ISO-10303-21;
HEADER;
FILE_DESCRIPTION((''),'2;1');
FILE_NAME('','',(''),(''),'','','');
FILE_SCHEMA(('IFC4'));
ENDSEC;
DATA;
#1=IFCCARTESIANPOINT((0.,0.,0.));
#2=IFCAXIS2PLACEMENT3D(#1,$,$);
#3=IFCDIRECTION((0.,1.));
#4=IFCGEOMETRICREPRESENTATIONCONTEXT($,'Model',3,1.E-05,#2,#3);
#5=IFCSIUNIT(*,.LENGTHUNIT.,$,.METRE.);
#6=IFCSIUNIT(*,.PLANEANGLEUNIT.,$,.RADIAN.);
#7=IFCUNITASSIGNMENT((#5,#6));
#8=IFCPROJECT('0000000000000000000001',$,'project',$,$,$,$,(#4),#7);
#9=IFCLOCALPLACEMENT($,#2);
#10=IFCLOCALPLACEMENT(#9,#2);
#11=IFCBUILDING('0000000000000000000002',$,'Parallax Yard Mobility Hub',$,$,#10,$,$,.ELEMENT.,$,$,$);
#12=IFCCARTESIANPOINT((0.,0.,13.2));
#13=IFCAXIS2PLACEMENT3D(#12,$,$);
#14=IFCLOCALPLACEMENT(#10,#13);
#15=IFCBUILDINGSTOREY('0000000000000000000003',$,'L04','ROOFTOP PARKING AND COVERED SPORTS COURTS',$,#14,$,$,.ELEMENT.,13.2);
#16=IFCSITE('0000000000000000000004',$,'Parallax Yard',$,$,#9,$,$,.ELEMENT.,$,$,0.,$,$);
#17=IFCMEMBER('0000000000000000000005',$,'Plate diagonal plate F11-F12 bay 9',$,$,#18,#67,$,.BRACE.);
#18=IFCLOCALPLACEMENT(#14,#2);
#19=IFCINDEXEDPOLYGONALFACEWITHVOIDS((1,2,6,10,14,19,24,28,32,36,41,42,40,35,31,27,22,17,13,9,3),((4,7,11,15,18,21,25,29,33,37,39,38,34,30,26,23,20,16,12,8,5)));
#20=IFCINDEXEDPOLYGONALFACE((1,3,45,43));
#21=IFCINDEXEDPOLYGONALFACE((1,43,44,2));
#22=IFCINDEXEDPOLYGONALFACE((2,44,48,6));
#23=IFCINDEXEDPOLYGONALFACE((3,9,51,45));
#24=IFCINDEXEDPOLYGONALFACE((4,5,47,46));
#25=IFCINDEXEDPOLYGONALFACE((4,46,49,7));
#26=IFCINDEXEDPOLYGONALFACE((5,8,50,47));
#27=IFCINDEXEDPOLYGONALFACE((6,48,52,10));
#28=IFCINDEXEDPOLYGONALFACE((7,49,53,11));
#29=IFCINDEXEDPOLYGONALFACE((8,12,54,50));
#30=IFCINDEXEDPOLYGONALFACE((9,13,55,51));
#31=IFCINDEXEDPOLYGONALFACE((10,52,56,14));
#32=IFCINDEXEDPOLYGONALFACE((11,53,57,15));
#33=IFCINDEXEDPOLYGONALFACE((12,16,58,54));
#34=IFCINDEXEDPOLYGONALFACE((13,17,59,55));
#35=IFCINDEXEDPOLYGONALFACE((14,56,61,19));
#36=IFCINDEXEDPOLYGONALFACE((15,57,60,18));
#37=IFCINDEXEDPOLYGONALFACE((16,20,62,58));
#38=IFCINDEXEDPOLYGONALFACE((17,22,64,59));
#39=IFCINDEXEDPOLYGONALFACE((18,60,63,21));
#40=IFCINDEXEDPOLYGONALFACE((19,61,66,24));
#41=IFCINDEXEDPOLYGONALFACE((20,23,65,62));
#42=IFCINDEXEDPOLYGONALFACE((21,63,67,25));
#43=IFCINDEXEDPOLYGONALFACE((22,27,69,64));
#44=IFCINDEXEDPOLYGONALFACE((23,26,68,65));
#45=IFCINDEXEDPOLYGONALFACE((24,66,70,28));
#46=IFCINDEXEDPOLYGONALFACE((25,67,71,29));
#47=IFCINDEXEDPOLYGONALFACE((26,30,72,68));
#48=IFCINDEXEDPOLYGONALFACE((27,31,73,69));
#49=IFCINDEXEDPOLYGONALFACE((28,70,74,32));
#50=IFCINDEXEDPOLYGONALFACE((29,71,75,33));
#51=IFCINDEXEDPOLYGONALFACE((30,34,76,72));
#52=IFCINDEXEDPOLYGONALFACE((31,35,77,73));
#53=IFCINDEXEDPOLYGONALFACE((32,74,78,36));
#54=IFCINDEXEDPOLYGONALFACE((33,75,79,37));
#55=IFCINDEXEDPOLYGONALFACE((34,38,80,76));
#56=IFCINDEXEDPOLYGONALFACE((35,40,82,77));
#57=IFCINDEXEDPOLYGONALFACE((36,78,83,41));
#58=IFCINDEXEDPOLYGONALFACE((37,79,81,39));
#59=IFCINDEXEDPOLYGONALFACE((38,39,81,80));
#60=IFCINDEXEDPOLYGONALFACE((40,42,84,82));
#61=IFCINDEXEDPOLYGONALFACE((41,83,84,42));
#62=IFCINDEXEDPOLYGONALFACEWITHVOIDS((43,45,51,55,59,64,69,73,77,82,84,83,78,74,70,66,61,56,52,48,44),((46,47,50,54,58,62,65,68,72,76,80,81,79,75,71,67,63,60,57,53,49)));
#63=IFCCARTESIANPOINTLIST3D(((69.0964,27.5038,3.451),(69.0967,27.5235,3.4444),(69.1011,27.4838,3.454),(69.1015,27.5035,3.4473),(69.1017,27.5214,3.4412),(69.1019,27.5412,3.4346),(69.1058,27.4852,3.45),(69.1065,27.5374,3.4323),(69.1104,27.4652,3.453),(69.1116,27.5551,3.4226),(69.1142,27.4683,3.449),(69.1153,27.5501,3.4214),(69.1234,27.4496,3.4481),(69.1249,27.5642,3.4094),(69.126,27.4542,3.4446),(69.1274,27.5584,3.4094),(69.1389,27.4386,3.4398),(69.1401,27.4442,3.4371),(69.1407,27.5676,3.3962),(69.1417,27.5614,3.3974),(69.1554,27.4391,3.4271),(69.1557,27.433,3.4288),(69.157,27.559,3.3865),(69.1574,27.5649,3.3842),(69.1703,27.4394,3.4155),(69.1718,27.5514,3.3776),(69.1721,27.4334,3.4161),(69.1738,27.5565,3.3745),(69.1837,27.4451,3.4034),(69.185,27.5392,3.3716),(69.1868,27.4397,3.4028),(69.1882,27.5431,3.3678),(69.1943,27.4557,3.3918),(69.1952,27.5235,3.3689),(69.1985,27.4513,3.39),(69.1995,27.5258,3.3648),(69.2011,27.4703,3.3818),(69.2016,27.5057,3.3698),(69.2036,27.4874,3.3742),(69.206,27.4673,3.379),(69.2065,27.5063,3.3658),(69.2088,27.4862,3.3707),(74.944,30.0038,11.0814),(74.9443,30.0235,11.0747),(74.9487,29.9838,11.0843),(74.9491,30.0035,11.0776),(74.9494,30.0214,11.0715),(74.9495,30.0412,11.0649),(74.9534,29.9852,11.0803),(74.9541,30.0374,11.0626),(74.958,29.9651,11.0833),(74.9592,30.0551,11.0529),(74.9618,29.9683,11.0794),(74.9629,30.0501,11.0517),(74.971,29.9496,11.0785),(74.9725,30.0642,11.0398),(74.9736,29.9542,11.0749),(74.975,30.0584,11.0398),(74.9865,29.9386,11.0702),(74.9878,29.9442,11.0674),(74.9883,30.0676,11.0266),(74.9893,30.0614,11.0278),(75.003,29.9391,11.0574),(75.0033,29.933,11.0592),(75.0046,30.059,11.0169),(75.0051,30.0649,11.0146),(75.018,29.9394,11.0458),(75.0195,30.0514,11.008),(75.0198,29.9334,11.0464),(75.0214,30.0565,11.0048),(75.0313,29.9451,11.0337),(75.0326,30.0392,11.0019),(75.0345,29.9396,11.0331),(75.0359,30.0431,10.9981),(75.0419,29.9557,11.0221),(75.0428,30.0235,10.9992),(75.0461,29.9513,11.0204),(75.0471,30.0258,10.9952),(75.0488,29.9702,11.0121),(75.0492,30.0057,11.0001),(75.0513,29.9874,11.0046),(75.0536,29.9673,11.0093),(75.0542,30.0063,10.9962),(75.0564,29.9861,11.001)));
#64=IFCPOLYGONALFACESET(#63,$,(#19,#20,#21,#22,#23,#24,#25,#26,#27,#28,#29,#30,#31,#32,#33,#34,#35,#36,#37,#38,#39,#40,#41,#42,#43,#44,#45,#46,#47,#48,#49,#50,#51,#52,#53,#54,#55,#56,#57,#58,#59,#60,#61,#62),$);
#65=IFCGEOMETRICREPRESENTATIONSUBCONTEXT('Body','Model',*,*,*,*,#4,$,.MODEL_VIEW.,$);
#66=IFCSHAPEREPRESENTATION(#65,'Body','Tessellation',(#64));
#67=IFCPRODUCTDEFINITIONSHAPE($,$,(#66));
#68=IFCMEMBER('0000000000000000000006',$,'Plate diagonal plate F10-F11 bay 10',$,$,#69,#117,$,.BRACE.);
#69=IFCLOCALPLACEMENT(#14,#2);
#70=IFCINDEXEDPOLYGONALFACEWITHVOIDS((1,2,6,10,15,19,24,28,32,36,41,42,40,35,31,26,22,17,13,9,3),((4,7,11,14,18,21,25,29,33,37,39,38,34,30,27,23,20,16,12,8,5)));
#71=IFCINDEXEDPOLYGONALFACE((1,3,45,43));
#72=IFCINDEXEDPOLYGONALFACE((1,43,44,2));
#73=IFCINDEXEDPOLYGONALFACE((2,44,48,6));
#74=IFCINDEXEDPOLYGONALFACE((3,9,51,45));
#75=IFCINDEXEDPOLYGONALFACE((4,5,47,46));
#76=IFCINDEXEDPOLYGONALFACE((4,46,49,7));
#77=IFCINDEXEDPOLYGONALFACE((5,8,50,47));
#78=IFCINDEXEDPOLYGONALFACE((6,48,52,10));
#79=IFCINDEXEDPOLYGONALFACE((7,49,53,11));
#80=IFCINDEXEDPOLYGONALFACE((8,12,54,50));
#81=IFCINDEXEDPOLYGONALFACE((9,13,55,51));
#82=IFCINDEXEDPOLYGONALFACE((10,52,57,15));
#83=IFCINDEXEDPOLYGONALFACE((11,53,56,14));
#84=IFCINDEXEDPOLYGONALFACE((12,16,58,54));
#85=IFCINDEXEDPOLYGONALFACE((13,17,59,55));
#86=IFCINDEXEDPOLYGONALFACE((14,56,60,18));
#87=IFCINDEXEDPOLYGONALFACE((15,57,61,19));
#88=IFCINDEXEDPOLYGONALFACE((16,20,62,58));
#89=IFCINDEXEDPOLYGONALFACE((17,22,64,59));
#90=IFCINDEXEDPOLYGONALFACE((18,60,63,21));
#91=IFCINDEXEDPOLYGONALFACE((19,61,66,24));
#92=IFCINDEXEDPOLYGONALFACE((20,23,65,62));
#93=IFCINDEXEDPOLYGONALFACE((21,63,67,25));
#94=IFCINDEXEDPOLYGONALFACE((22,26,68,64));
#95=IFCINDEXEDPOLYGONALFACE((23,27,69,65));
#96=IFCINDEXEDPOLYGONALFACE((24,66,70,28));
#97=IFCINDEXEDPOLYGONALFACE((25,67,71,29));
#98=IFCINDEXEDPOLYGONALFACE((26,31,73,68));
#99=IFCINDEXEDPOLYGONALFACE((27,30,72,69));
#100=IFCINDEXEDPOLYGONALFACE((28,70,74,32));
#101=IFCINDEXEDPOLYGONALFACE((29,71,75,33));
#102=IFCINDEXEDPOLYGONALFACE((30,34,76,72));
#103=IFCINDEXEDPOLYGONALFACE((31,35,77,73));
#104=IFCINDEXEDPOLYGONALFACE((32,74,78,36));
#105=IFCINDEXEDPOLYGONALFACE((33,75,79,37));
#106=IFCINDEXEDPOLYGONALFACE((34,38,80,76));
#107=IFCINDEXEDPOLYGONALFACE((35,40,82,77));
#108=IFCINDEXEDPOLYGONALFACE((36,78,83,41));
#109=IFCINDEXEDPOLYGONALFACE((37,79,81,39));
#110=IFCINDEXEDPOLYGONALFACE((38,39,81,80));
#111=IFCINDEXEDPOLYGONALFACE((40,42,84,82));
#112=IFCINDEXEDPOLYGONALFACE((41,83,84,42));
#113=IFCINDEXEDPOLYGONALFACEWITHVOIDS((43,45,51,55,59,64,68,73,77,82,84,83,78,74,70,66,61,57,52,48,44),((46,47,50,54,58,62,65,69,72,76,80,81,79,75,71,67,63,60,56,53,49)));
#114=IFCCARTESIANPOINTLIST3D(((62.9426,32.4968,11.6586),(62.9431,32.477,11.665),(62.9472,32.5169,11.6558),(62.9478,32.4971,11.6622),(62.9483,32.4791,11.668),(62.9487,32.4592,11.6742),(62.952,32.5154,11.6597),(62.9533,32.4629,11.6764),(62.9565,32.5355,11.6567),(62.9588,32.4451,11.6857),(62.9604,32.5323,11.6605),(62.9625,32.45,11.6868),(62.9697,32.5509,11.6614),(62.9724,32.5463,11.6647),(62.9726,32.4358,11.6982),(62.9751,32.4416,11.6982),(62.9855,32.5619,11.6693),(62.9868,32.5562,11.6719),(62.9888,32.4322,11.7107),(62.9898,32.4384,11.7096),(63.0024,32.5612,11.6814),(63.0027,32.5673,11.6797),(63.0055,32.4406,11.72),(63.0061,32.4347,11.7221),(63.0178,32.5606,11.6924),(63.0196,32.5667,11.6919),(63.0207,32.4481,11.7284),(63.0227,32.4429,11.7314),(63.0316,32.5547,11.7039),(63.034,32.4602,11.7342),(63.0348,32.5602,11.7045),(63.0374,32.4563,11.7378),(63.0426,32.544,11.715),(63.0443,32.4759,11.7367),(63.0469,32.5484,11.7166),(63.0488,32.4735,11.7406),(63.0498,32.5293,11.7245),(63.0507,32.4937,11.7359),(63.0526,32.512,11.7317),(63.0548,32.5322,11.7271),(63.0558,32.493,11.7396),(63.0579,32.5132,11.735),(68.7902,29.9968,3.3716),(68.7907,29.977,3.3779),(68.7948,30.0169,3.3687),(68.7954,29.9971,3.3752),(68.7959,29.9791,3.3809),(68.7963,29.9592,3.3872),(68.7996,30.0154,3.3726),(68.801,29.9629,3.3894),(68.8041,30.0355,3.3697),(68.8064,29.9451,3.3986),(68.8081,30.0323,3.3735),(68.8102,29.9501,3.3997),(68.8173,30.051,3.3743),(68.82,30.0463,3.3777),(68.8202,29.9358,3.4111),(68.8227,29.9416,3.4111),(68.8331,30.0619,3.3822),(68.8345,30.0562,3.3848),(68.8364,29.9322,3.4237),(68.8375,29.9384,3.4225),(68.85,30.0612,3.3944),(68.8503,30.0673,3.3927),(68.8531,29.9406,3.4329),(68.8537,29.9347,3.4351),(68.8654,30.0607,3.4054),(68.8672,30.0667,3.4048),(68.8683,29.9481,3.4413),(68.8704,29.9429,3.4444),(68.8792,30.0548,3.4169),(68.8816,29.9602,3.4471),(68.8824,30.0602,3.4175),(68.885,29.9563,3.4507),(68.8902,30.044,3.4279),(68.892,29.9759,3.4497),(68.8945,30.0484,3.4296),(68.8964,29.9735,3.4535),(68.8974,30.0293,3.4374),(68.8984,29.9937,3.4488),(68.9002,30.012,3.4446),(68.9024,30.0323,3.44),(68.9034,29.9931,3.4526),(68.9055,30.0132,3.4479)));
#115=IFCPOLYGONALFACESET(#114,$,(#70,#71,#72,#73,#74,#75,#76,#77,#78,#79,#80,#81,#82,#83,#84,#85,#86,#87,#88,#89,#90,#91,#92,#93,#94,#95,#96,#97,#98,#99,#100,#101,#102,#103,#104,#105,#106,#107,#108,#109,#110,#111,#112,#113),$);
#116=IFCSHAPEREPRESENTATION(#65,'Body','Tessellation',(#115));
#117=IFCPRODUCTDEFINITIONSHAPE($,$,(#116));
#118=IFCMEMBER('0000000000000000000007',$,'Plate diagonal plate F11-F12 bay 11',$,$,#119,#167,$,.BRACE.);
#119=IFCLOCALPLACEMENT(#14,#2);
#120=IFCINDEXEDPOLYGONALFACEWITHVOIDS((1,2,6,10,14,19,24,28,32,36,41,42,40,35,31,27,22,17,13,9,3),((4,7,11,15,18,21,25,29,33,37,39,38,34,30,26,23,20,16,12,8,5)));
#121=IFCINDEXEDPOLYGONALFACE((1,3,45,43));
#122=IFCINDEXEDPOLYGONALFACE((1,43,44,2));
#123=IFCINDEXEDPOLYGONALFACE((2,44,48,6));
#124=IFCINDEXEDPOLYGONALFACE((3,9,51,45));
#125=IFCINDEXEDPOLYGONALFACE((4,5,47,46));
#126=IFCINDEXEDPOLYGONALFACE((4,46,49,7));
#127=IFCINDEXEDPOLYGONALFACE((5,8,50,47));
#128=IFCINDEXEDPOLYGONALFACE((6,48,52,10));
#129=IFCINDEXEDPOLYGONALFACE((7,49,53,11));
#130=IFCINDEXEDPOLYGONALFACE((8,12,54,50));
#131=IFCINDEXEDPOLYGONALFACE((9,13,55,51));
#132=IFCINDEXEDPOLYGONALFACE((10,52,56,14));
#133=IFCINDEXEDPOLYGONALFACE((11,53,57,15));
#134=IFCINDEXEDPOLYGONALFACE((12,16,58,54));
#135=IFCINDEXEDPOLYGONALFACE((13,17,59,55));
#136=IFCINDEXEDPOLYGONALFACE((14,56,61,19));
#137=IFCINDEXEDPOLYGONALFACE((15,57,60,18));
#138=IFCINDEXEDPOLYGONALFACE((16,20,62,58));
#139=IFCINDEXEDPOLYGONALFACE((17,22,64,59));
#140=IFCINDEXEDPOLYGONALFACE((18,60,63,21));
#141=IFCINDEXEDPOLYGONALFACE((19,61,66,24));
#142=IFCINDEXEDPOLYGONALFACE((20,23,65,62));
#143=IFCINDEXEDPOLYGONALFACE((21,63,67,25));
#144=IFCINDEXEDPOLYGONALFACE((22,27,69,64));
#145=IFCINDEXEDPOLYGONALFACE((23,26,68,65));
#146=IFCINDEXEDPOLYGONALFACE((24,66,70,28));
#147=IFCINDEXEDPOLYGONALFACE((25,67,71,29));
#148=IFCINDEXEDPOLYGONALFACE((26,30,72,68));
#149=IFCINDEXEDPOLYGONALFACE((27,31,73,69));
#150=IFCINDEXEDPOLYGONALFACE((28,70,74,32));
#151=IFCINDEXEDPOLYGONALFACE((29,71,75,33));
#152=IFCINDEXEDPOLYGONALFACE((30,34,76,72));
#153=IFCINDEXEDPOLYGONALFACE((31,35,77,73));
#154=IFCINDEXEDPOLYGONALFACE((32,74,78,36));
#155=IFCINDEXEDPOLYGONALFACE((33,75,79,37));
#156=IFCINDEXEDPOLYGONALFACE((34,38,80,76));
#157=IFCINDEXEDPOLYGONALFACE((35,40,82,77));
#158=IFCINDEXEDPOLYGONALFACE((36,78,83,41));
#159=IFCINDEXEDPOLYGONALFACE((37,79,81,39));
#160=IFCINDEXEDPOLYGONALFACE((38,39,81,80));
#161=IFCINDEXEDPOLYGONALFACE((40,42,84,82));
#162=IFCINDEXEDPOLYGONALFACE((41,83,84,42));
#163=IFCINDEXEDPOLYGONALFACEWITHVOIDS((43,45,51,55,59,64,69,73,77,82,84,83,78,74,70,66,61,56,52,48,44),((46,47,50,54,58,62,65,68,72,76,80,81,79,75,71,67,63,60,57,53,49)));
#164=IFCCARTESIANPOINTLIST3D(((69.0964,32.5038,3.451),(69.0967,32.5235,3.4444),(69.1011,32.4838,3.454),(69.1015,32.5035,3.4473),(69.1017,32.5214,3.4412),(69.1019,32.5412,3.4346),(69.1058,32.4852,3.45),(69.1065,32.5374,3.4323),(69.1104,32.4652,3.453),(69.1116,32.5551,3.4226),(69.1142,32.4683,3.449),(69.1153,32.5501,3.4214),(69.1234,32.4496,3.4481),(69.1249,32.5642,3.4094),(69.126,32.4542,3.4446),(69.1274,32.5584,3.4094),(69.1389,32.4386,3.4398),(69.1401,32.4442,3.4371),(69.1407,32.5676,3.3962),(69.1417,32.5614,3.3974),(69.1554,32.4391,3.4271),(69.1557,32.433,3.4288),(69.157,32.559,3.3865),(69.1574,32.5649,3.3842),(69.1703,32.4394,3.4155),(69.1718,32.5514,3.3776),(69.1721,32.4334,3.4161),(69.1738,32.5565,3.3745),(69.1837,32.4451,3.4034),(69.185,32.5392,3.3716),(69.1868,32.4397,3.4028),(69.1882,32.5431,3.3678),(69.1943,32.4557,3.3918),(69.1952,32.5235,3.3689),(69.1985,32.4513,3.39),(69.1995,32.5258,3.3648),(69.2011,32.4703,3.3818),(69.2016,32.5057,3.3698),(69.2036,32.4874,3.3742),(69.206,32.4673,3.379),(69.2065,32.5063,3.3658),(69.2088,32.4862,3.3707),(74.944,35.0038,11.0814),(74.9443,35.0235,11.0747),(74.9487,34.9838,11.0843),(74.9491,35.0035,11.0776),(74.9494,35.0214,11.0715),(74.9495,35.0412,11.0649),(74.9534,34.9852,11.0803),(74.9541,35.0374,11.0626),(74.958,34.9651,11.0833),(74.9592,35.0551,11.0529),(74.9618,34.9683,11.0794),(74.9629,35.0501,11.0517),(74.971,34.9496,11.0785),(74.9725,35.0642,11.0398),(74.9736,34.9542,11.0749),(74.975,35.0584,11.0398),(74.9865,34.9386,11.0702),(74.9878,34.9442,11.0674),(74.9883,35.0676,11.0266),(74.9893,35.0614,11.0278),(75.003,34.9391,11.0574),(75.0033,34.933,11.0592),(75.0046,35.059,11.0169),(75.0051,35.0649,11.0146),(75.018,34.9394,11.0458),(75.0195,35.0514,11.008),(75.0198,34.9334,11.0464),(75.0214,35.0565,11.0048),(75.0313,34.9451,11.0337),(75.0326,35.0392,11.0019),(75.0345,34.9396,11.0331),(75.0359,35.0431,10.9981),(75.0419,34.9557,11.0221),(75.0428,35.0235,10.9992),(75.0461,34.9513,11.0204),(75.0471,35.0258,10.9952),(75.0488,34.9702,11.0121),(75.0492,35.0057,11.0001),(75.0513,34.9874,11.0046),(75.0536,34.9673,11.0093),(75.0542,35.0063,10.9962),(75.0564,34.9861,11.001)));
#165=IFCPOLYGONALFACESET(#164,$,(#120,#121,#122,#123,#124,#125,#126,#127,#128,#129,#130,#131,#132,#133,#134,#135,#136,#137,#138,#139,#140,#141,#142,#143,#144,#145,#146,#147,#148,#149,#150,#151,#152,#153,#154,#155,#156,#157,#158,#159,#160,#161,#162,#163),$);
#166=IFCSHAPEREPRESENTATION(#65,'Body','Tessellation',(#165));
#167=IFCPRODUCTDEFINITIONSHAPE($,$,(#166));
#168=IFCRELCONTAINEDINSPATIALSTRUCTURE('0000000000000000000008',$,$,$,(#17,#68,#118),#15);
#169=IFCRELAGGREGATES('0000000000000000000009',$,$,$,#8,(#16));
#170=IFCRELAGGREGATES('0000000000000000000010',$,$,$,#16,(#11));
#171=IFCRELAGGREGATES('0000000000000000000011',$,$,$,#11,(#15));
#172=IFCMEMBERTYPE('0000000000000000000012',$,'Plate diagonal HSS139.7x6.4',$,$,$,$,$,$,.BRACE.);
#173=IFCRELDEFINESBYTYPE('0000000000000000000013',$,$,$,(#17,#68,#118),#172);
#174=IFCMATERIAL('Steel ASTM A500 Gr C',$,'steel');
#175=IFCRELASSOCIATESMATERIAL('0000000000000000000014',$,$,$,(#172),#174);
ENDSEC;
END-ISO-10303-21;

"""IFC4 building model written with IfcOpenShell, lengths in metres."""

from ifc_helpers import new_model, si_unit, direction, frame, origin, origin_2d, place, context, subcontext, project, spatial, hollow_circle, extrude, material, material_profile, profile_set, type_object, element, save


model = new_model("IFC4")

# Units and contexts
model_context = context("Model", 3, precision=1e-05, world=origin(), true_north=direction((0.0, 1.0)))
body_context = subcontext(model_context, "Body", "Model", "MODEL_VIEW")
ifc_project = project(units=[si_unit("LENGTHUNIT", "METRE"), si_unit("PLANEANGLEUNIT", "RADIAN")], contexts=[model_context])

# Site, building, storey
site_placement = place(None, origin())
site = spatial("IfcSite", under=ifc_project, at=site_placement, Name="Parallax Yard", CompositionType="ELEMENT", RefElevation=0.0)
building_placement = place(site_placement, origin())
building = spatial("IfcBuilding", under=site, at=building_placement, Name="Parallax Yard Mobility Hub", CompositionType="ELEMENT")
storey_placement = place(building_placement, frame((0.0, 0.0, 13.2)))
storey = spatial("IfcBuildingStorey", under=building, at=storey_placement, Name="L04", Description="ROOFTOP PARKING AND COVERED SPORTS COURTS", CompositionType="ELEMENT", Elevation=13.2)

# Members
ifc_material_1 = material(Name="Steel ASTM A500 Gr C", Category="steel")
ifc_material_profile_1 = material_profile(ifc_material_1, hollow_circle(Radius=0.0698, WallThickness=0.0063, at=origin_2d()), Name="HSS139.7x6.4")
ifc_profile_set_1 = profile_set([ifc_material_profile_1], Name="Steel ASTM A500 Gr C")
member_type_1 = type_object("IfcMemberType", Name="Plate diagonal HSS139.7x6.4", PredefinedType="BRACE", material=ifc_profile_set_1)
member_1_placement = place(storey_placement, frame((69.1523, 27.5, 3.4094), z_axis=(0.588701, 0.251682, 0.768172), x_axis=(-0.393104, 0.919494, 0.0)))
element("IfcMember", 1, at=member_1_placement, inside=storey, type_object=member_type_1, Name="Plate diagonal plate F11-F12 bay 9", PredefinedType="BRACE", context=body_context, shape_type="SweptSolid", body=[
    extrude(hollow_circle(Radius=0.0698, WallThickness=0.0063, at=origin_2d()), origin(), (0.0, 0.0, 1.0), 9.9331),
])
member_2_placement = place(storey_placement, frame((68.8477, 30.0, 3.4111), z_axis=(-0.559793, 0.239323, 0.79332), x_axis=(-0.393104, -0.919494, 0.0)))
element("IfcMember", 2, at=member_2_placement, inside=storey, type_object=member_type_1, Name="Plate diagonal plate F10-F11 bay 10", PredefinedType="BRACE", context=body_context, shape_type="SweptSolid", body=[
    extrude(hollow_circle(Radius=0.0698, WallThickness=0.0063, at=origin_2d()), origin(), (0.0, 0.0, 1.0), 10.446),
])
member_3_placement = place(storey_placement, frame((69.1523, 32.5, 3.4094), z_axis=(0.588701, 0.251682, 0.768172), x_axis=(-0.393104, 0.919494, 0.0)))
element("IfcMember", 3, at=member_3_placement, inside=storey, type_object=member_type_1, Name="Plate diagonal plate F11-F12 bay 11", PredefinedType="BRACE", context=body_context, shape_type="SweptSolid", body=[
    extrude(hollow_circle(Radius=0.0698, WallThickness=0.0063, at=origin_2d()), origin(), (0.0, 0.0, 1.0), 9.9331),
])

save(model, "model.ifc")
